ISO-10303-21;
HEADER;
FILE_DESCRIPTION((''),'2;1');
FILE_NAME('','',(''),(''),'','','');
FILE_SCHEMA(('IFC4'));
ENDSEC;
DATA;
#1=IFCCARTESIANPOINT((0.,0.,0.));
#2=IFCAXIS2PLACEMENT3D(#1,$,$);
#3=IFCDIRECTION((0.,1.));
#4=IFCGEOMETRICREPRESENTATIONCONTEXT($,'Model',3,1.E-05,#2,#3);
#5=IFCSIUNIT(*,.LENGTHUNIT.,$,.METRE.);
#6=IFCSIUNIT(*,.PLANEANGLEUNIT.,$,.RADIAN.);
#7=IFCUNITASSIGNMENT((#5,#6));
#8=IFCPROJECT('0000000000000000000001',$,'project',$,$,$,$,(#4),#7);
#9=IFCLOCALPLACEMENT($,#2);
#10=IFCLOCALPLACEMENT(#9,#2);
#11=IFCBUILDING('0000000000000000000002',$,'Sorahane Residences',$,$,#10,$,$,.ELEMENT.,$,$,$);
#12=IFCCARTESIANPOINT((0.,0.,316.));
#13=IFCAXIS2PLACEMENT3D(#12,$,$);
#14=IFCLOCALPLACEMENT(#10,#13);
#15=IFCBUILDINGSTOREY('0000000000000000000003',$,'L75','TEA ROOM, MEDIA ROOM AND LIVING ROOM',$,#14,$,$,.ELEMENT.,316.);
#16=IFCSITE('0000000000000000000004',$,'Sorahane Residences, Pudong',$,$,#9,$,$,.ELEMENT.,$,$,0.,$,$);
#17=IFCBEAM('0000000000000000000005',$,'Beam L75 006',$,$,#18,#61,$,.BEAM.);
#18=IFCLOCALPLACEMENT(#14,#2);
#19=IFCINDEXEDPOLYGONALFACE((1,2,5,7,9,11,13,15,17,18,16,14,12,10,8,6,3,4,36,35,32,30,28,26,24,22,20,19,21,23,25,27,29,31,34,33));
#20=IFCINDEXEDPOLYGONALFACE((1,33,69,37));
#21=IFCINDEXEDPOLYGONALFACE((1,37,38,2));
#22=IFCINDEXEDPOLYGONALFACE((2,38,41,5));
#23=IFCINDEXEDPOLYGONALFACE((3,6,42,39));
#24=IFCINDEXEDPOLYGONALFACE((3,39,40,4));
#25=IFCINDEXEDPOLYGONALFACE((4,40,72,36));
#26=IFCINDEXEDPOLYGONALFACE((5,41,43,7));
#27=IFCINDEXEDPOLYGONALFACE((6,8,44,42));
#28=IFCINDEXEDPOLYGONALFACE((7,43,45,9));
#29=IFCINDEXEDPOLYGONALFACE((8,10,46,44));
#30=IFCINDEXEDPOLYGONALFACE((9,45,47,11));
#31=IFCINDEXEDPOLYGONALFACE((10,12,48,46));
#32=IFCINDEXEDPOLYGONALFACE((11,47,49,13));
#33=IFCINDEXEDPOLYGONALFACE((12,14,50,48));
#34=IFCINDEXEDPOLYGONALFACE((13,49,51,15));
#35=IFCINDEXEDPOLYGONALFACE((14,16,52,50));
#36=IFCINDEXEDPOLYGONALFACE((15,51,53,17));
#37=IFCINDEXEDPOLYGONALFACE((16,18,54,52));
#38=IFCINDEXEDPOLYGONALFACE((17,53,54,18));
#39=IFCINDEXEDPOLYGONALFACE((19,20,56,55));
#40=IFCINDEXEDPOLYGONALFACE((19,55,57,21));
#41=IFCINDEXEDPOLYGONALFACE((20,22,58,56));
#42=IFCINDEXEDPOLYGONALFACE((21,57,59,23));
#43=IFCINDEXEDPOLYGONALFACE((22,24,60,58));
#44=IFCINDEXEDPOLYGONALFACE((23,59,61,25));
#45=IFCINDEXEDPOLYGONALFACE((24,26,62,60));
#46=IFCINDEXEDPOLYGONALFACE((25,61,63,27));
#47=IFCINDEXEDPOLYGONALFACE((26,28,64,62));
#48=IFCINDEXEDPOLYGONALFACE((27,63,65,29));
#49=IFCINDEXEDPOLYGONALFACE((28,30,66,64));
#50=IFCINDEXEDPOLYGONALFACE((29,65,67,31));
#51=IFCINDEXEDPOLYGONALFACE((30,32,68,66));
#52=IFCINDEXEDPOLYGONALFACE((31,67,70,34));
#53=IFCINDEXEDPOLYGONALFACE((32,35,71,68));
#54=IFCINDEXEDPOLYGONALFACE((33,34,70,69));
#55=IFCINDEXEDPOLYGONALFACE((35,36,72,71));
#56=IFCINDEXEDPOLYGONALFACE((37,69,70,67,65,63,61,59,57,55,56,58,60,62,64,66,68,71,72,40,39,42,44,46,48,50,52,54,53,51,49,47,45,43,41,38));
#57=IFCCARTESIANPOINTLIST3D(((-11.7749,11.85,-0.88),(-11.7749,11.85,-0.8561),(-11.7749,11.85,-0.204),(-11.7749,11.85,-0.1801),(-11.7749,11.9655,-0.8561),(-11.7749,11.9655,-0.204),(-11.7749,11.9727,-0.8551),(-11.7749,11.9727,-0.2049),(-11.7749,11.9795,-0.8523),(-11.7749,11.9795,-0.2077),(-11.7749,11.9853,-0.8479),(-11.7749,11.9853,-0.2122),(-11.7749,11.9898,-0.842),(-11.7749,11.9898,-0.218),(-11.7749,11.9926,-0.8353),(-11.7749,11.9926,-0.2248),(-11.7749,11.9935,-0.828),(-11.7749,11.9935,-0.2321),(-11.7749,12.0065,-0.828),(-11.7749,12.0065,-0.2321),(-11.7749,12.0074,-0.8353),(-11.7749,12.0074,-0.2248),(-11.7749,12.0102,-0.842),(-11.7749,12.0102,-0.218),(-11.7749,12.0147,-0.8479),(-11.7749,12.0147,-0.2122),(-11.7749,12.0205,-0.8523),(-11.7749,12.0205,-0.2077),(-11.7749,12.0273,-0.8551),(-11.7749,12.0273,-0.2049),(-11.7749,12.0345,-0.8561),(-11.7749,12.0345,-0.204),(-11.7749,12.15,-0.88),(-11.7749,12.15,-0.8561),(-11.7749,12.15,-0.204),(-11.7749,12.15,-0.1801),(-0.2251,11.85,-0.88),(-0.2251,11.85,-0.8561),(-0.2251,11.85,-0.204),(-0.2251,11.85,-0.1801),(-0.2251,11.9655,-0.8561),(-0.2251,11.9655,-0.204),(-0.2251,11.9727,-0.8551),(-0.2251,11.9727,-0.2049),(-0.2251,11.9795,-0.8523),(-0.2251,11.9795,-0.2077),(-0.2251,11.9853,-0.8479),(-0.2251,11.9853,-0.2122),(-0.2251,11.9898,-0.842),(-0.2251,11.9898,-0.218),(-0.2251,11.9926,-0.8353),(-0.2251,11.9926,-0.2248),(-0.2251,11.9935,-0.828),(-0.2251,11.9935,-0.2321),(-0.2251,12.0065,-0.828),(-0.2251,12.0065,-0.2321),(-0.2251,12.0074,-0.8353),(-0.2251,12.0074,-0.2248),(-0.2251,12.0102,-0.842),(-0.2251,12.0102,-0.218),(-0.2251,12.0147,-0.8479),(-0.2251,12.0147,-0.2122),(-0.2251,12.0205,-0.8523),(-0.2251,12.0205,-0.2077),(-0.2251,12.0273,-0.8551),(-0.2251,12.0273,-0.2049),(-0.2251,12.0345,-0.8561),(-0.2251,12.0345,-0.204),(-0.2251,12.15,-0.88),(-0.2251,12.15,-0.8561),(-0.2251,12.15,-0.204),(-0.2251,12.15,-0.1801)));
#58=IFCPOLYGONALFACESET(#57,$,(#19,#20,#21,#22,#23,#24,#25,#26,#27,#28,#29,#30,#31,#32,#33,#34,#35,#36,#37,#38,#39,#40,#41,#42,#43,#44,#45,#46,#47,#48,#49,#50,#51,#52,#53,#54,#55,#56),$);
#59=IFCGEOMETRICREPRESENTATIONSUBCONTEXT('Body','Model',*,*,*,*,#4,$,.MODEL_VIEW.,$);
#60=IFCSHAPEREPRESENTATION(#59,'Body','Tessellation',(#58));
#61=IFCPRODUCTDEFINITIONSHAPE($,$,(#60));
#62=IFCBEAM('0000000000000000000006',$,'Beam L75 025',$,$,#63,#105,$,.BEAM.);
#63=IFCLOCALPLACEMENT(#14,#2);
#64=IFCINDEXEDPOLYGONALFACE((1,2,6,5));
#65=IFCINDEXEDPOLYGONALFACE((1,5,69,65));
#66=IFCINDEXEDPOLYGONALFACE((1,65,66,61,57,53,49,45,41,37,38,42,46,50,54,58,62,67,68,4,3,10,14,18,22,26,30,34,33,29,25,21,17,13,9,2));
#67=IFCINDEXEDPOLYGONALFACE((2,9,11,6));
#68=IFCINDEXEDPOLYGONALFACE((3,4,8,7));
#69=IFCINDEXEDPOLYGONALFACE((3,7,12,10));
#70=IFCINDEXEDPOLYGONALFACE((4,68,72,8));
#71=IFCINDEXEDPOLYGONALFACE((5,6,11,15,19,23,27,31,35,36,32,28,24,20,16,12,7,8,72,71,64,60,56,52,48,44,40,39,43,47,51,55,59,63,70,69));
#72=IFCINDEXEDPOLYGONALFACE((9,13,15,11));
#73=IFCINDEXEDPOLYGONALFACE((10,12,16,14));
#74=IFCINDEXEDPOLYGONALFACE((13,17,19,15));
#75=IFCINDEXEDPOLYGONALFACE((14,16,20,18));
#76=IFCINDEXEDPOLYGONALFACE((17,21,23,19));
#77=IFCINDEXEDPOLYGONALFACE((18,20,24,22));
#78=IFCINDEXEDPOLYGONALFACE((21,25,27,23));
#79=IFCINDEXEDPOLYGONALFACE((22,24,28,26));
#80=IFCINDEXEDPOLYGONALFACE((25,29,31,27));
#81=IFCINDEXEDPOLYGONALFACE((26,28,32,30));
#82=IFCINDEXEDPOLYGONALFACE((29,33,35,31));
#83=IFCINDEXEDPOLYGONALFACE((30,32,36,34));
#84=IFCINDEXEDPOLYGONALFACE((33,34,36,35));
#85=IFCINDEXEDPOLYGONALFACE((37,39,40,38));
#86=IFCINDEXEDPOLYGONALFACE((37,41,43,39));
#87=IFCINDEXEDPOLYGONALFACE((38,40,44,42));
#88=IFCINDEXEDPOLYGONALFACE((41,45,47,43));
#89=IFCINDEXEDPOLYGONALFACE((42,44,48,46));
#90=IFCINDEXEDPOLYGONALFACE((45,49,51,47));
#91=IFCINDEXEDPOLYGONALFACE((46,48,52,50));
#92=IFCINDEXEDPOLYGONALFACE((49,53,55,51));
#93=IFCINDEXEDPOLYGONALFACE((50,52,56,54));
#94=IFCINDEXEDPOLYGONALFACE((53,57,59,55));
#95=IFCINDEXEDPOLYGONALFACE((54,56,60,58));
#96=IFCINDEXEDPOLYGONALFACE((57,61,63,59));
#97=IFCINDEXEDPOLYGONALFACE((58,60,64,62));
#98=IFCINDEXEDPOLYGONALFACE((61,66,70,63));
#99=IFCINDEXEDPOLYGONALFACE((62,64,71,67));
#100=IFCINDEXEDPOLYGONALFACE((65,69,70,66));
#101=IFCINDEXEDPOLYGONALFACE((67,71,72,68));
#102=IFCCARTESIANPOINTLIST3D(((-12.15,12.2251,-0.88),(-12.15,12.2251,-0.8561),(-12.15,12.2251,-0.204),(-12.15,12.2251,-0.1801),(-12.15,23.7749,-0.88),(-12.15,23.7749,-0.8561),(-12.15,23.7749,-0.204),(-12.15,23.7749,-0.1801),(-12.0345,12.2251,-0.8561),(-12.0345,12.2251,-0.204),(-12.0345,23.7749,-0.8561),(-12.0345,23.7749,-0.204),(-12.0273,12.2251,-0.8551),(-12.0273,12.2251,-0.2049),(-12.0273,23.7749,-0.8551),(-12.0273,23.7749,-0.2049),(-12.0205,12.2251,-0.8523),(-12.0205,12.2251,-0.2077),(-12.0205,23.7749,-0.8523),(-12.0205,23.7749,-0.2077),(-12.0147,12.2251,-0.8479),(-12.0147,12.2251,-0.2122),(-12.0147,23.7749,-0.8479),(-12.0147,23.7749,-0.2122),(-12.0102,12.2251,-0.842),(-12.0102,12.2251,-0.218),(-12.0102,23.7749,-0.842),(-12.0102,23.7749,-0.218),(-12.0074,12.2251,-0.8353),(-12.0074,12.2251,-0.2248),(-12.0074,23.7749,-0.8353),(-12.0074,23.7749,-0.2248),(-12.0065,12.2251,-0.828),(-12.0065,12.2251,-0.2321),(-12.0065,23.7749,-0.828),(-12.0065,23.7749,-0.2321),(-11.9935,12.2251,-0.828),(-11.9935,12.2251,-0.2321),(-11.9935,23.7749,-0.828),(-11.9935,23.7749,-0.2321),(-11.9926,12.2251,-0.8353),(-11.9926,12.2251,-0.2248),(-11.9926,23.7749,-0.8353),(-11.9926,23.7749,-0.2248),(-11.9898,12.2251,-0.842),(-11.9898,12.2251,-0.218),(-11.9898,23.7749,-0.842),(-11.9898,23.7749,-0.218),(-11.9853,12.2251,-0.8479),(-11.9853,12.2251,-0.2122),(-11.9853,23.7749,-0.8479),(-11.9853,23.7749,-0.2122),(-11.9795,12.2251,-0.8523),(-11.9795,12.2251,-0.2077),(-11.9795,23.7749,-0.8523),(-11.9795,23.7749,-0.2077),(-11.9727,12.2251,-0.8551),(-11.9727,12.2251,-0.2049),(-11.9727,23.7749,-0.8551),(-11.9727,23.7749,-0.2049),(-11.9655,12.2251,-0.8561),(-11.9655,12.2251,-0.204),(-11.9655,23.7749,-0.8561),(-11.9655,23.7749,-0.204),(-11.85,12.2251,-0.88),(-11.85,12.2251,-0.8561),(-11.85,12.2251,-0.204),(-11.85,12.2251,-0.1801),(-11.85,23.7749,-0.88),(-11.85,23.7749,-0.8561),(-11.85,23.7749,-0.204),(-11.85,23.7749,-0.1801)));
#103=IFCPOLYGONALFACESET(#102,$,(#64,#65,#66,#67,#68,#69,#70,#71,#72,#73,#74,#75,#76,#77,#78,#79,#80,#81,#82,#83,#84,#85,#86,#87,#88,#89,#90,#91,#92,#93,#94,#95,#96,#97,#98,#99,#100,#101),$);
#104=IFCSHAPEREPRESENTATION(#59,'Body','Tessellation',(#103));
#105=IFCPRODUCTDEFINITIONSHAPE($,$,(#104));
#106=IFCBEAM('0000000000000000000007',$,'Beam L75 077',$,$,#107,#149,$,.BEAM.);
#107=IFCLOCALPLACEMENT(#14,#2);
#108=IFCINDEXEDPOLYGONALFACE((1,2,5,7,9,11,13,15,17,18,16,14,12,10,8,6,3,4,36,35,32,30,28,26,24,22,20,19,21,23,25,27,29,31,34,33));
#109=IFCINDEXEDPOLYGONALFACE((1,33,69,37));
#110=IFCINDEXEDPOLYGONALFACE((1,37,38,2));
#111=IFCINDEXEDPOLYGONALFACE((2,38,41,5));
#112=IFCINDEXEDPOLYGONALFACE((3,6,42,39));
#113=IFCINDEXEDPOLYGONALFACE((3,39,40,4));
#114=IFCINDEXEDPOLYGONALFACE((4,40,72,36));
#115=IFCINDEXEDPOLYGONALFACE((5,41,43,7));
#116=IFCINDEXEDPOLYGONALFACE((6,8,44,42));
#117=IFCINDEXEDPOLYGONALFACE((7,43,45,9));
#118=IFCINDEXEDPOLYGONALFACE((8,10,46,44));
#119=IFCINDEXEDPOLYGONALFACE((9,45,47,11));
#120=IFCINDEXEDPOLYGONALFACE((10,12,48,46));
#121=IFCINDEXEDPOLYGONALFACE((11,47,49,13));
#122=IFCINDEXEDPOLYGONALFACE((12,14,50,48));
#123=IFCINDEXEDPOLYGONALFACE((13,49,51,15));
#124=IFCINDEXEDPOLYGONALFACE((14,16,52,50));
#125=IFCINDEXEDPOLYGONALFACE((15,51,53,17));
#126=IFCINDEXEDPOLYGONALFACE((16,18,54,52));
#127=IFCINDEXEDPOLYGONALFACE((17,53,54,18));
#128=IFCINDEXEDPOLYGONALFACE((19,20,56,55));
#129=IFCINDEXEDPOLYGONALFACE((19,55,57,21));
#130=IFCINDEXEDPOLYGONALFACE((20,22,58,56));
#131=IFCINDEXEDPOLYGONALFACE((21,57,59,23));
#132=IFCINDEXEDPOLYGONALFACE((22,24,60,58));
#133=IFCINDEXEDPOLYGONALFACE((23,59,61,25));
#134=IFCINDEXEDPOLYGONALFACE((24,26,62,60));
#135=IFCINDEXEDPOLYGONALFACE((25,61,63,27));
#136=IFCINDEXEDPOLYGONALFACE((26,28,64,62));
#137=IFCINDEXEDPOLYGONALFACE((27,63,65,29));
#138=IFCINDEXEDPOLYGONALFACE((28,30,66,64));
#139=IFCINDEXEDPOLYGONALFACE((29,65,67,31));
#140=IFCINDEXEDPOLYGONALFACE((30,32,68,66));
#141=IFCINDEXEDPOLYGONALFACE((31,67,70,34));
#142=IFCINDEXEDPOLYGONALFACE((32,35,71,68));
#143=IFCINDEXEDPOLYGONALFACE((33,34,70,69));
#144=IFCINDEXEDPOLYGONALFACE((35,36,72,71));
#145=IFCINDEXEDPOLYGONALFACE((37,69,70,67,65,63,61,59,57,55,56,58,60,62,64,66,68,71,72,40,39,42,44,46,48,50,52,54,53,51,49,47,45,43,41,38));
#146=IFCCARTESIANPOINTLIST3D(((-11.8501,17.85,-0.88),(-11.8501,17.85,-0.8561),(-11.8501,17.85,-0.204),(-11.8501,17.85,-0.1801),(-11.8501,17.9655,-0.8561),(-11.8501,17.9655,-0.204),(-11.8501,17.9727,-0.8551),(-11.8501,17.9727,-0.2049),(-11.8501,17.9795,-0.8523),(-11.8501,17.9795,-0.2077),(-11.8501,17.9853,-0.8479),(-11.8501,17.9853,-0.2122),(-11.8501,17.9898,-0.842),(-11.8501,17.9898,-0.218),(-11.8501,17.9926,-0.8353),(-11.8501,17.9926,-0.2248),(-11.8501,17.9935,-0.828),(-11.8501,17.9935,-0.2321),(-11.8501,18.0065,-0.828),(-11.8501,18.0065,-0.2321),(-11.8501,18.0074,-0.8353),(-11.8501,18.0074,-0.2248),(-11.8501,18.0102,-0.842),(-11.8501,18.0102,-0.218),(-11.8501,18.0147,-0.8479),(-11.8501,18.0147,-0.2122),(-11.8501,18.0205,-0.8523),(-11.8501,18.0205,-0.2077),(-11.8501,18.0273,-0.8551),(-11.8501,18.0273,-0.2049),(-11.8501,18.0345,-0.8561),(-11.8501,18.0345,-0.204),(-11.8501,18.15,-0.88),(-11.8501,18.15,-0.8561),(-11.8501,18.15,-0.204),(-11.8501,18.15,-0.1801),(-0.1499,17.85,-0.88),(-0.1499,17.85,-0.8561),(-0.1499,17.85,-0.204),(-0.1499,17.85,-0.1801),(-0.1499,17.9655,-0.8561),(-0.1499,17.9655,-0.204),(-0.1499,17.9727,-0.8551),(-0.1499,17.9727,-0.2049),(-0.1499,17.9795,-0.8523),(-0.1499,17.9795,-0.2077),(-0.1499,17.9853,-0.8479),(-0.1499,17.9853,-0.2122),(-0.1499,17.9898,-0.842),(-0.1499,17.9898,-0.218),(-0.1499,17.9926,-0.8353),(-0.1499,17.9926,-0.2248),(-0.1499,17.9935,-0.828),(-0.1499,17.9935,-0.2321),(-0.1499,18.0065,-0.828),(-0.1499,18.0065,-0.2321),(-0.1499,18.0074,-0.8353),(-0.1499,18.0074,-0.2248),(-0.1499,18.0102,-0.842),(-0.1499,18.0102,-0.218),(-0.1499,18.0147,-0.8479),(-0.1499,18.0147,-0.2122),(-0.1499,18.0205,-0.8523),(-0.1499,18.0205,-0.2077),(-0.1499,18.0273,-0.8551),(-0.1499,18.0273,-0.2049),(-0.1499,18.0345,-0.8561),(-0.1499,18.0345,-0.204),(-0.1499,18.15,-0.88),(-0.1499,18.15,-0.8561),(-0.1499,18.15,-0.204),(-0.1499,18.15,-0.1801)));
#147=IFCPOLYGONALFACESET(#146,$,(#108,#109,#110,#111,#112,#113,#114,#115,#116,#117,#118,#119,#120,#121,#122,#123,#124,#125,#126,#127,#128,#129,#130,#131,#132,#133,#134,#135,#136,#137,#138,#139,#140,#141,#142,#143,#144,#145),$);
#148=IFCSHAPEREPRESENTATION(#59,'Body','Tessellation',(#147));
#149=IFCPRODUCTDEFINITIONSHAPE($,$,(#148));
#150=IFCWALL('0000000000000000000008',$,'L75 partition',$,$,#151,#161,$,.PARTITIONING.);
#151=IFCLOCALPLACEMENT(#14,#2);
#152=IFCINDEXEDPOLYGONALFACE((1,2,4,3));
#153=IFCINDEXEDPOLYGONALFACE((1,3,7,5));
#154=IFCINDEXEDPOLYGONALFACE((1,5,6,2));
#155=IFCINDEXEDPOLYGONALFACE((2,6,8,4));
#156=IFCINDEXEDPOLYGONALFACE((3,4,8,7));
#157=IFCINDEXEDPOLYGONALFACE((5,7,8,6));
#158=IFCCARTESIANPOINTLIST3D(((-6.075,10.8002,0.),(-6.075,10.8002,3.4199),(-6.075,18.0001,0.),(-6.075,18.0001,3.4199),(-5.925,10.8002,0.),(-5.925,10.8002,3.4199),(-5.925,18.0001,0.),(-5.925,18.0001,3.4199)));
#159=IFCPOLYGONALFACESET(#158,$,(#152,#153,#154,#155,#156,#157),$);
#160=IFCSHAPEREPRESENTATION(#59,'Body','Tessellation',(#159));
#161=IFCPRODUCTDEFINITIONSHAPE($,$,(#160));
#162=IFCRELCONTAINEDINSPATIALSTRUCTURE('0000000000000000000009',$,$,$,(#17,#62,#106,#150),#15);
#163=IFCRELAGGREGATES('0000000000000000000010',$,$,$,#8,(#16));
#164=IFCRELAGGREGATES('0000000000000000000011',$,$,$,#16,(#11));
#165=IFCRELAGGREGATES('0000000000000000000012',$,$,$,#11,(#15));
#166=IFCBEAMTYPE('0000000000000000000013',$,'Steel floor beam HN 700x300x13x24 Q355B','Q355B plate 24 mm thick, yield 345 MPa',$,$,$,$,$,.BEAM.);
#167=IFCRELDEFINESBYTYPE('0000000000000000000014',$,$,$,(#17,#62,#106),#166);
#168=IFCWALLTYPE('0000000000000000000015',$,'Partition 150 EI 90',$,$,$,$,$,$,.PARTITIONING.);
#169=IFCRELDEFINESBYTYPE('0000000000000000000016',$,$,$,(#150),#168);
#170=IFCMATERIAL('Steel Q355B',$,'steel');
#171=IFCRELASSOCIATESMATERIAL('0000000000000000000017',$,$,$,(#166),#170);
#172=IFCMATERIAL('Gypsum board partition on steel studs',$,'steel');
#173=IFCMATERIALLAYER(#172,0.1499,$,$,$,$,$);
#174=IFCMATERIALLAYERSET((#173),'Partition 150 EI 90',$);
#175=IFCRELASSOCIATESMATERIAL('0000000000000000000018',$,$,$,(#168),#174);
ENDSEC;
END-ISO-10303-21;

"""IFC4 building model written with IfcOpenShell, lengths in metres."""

from ifc_helpers import new_model, si_unit, direction, frame, frame_2d, origin, origin_2d, place, context, subcontext, project, spatial, rectangle, i_section, extrude, material, layer, layer_set, material_profile, profile_set, type_object, element, save


model = new_model("IFC4")

# Units and contexts
model_context = context("Model", 3, precision=1e-05, world=origin(), true_north=direction((0.0, 1.0)))
body_context = subcontext(model_context, "Body", "Model", "MODEL_VIEW")
ifc_project = project(units=[si_unit("LENGTHUNIT", "METRE"), si_unit("PLANEANGLEUNIT", "RADIAN")], contexts=[model_context])

# Site, building, storey
site_placement = place(None, origin())
site = spatial("IfcSite", under=ifc_project, at=site_placement, Name="Sorahane Residences, Pudong", CompositionType="ELEMENT", RefElevation=0.0)
building_placement = place(site_placement, origin())
building = spatial("IfcBuilding", under=site, at=building_placement, Name="Sorahane Residences", CompositionType="ELEMENT")
storey_placement = place(building_placement, frame((0.0, 0.0, 316.0)))
storey = spatial("IfcBuildingStorey", under=building, at=storey_placement, Name="L75", Description="TEA ROOM, MEDIA ROOM AND LIVING ROOM", CompositionType="ELEMENT", Elevation=316.0)

# Beams
ifc_material_1 = material(Name="Steel Q355B", Category="steel")
ifc_material_profile_1 = material_profile(ifc_material_1, i_section(OverallWidth=0.3, OverallDepth=0.7, WebThickness=0.0129, FlangeThickness=0.0239, FilletRadius=0.0281, at=origin_2d()), Name="HN 700x300x13x24")
ifc_profile_set_1 = profile_set([ifc_material_profile_1], Name="Steel Q355B")
beam_type_1 = type_object("IfcBeamType", Name="Steel floor beam HN 700x300x13x24 Q355B", Description="Q355B plate 24 mm thick, yield 345 MPa", PredefinedType="BEAM", material=ifc_profile_set_1)
for number, where, z_axis, x_axis, name in (
    (1, (-11.7749, 12.0, -0.53), (1.0, 0.0, 0.0), (0.0, 1.0, 0.0), "Beam L75 006"),
    (2, (-12.0, 12.2251, -0.53), (0.0, 1.0, 0.0), (-1.0, 0.0, 0.0), "Beam L75 025"),
):
    element("IfcBeam", number, at=place(storey_placement, frame(where, z_axis=z_axis, x_axis=x_axis)), inside=storey, type_object=beam_type_1, Name=name, PredefinedType="BEAM", context=body_context, shape_type="SweptSolid", body=[
        extrude(i_section(OverallWidth=0.3, OverallDepth=0.7, WebThickness=0.0129, FlangeThickness=0.0239, FilletRadius=0.0281, at=origin_2d()), origin(), (0.0, 0.0, 1.0), 11.5498),
    ])
beam_1_placement = place(storey_placement, frame((-11.8501, 18.0, -0.53), z_axis=(1.0, 0.0, 0.0), x_axis=(0.0, 1.0, 0.0)))
element("IfcBeam", 3, at=beam_1_placement, inside=storey, type_object=beam_type_1, Name="Beam L75 077", PredefinedType="BEAM", context=body_context, shape_type="SweptSolid", body=[
    extrude(i_section(OverallWidth=0.3, OverallDepth=0.7, WebThickness=0.0129, FlangeThickness=0.0239, FilletRadius=0.0281, at=origin_2d()), origin(), (0.0, 0.0, 1.0), 11.7002),
])

# Wall
ifc_material_2 = material(Name="Gypsum board partition on steel studs", Category="steel")
ifc_layer_1 = layer(ifc_material_2, 0.1499)
ifc_layer_set_1 = layer_set([ifc_layer_1], Name="Partition 150 EI 90")
wall_type_1 = type_object("IfcWallType", Name="Partition 150 EI 90", PredefinedType="PARTITIONING", material=ifc_layer_set_1)
wall_1_placement = place(storey_placement, frame((-6.0, 10.8, 0.0), z_axis=(0.0, 0.0, 1.0), x_axis=(0.0, 1.0, 0.0)))
element("IfcWall", 4, at=wall_1_placement, inside=storey, type_object=wall_type_1, Name="L75 partition", PredefinedType="PARTITIONING", context=body_context, shape_type="SweptSolid", body=[
    extrude(rectangle(XDim=7.2, YDim=0.1499, at=frame_2d((3.6001, 0.0))), origin(), (0.0, 0.0, 1.0), 3.4199),
])

save(model, "model.ifc")
